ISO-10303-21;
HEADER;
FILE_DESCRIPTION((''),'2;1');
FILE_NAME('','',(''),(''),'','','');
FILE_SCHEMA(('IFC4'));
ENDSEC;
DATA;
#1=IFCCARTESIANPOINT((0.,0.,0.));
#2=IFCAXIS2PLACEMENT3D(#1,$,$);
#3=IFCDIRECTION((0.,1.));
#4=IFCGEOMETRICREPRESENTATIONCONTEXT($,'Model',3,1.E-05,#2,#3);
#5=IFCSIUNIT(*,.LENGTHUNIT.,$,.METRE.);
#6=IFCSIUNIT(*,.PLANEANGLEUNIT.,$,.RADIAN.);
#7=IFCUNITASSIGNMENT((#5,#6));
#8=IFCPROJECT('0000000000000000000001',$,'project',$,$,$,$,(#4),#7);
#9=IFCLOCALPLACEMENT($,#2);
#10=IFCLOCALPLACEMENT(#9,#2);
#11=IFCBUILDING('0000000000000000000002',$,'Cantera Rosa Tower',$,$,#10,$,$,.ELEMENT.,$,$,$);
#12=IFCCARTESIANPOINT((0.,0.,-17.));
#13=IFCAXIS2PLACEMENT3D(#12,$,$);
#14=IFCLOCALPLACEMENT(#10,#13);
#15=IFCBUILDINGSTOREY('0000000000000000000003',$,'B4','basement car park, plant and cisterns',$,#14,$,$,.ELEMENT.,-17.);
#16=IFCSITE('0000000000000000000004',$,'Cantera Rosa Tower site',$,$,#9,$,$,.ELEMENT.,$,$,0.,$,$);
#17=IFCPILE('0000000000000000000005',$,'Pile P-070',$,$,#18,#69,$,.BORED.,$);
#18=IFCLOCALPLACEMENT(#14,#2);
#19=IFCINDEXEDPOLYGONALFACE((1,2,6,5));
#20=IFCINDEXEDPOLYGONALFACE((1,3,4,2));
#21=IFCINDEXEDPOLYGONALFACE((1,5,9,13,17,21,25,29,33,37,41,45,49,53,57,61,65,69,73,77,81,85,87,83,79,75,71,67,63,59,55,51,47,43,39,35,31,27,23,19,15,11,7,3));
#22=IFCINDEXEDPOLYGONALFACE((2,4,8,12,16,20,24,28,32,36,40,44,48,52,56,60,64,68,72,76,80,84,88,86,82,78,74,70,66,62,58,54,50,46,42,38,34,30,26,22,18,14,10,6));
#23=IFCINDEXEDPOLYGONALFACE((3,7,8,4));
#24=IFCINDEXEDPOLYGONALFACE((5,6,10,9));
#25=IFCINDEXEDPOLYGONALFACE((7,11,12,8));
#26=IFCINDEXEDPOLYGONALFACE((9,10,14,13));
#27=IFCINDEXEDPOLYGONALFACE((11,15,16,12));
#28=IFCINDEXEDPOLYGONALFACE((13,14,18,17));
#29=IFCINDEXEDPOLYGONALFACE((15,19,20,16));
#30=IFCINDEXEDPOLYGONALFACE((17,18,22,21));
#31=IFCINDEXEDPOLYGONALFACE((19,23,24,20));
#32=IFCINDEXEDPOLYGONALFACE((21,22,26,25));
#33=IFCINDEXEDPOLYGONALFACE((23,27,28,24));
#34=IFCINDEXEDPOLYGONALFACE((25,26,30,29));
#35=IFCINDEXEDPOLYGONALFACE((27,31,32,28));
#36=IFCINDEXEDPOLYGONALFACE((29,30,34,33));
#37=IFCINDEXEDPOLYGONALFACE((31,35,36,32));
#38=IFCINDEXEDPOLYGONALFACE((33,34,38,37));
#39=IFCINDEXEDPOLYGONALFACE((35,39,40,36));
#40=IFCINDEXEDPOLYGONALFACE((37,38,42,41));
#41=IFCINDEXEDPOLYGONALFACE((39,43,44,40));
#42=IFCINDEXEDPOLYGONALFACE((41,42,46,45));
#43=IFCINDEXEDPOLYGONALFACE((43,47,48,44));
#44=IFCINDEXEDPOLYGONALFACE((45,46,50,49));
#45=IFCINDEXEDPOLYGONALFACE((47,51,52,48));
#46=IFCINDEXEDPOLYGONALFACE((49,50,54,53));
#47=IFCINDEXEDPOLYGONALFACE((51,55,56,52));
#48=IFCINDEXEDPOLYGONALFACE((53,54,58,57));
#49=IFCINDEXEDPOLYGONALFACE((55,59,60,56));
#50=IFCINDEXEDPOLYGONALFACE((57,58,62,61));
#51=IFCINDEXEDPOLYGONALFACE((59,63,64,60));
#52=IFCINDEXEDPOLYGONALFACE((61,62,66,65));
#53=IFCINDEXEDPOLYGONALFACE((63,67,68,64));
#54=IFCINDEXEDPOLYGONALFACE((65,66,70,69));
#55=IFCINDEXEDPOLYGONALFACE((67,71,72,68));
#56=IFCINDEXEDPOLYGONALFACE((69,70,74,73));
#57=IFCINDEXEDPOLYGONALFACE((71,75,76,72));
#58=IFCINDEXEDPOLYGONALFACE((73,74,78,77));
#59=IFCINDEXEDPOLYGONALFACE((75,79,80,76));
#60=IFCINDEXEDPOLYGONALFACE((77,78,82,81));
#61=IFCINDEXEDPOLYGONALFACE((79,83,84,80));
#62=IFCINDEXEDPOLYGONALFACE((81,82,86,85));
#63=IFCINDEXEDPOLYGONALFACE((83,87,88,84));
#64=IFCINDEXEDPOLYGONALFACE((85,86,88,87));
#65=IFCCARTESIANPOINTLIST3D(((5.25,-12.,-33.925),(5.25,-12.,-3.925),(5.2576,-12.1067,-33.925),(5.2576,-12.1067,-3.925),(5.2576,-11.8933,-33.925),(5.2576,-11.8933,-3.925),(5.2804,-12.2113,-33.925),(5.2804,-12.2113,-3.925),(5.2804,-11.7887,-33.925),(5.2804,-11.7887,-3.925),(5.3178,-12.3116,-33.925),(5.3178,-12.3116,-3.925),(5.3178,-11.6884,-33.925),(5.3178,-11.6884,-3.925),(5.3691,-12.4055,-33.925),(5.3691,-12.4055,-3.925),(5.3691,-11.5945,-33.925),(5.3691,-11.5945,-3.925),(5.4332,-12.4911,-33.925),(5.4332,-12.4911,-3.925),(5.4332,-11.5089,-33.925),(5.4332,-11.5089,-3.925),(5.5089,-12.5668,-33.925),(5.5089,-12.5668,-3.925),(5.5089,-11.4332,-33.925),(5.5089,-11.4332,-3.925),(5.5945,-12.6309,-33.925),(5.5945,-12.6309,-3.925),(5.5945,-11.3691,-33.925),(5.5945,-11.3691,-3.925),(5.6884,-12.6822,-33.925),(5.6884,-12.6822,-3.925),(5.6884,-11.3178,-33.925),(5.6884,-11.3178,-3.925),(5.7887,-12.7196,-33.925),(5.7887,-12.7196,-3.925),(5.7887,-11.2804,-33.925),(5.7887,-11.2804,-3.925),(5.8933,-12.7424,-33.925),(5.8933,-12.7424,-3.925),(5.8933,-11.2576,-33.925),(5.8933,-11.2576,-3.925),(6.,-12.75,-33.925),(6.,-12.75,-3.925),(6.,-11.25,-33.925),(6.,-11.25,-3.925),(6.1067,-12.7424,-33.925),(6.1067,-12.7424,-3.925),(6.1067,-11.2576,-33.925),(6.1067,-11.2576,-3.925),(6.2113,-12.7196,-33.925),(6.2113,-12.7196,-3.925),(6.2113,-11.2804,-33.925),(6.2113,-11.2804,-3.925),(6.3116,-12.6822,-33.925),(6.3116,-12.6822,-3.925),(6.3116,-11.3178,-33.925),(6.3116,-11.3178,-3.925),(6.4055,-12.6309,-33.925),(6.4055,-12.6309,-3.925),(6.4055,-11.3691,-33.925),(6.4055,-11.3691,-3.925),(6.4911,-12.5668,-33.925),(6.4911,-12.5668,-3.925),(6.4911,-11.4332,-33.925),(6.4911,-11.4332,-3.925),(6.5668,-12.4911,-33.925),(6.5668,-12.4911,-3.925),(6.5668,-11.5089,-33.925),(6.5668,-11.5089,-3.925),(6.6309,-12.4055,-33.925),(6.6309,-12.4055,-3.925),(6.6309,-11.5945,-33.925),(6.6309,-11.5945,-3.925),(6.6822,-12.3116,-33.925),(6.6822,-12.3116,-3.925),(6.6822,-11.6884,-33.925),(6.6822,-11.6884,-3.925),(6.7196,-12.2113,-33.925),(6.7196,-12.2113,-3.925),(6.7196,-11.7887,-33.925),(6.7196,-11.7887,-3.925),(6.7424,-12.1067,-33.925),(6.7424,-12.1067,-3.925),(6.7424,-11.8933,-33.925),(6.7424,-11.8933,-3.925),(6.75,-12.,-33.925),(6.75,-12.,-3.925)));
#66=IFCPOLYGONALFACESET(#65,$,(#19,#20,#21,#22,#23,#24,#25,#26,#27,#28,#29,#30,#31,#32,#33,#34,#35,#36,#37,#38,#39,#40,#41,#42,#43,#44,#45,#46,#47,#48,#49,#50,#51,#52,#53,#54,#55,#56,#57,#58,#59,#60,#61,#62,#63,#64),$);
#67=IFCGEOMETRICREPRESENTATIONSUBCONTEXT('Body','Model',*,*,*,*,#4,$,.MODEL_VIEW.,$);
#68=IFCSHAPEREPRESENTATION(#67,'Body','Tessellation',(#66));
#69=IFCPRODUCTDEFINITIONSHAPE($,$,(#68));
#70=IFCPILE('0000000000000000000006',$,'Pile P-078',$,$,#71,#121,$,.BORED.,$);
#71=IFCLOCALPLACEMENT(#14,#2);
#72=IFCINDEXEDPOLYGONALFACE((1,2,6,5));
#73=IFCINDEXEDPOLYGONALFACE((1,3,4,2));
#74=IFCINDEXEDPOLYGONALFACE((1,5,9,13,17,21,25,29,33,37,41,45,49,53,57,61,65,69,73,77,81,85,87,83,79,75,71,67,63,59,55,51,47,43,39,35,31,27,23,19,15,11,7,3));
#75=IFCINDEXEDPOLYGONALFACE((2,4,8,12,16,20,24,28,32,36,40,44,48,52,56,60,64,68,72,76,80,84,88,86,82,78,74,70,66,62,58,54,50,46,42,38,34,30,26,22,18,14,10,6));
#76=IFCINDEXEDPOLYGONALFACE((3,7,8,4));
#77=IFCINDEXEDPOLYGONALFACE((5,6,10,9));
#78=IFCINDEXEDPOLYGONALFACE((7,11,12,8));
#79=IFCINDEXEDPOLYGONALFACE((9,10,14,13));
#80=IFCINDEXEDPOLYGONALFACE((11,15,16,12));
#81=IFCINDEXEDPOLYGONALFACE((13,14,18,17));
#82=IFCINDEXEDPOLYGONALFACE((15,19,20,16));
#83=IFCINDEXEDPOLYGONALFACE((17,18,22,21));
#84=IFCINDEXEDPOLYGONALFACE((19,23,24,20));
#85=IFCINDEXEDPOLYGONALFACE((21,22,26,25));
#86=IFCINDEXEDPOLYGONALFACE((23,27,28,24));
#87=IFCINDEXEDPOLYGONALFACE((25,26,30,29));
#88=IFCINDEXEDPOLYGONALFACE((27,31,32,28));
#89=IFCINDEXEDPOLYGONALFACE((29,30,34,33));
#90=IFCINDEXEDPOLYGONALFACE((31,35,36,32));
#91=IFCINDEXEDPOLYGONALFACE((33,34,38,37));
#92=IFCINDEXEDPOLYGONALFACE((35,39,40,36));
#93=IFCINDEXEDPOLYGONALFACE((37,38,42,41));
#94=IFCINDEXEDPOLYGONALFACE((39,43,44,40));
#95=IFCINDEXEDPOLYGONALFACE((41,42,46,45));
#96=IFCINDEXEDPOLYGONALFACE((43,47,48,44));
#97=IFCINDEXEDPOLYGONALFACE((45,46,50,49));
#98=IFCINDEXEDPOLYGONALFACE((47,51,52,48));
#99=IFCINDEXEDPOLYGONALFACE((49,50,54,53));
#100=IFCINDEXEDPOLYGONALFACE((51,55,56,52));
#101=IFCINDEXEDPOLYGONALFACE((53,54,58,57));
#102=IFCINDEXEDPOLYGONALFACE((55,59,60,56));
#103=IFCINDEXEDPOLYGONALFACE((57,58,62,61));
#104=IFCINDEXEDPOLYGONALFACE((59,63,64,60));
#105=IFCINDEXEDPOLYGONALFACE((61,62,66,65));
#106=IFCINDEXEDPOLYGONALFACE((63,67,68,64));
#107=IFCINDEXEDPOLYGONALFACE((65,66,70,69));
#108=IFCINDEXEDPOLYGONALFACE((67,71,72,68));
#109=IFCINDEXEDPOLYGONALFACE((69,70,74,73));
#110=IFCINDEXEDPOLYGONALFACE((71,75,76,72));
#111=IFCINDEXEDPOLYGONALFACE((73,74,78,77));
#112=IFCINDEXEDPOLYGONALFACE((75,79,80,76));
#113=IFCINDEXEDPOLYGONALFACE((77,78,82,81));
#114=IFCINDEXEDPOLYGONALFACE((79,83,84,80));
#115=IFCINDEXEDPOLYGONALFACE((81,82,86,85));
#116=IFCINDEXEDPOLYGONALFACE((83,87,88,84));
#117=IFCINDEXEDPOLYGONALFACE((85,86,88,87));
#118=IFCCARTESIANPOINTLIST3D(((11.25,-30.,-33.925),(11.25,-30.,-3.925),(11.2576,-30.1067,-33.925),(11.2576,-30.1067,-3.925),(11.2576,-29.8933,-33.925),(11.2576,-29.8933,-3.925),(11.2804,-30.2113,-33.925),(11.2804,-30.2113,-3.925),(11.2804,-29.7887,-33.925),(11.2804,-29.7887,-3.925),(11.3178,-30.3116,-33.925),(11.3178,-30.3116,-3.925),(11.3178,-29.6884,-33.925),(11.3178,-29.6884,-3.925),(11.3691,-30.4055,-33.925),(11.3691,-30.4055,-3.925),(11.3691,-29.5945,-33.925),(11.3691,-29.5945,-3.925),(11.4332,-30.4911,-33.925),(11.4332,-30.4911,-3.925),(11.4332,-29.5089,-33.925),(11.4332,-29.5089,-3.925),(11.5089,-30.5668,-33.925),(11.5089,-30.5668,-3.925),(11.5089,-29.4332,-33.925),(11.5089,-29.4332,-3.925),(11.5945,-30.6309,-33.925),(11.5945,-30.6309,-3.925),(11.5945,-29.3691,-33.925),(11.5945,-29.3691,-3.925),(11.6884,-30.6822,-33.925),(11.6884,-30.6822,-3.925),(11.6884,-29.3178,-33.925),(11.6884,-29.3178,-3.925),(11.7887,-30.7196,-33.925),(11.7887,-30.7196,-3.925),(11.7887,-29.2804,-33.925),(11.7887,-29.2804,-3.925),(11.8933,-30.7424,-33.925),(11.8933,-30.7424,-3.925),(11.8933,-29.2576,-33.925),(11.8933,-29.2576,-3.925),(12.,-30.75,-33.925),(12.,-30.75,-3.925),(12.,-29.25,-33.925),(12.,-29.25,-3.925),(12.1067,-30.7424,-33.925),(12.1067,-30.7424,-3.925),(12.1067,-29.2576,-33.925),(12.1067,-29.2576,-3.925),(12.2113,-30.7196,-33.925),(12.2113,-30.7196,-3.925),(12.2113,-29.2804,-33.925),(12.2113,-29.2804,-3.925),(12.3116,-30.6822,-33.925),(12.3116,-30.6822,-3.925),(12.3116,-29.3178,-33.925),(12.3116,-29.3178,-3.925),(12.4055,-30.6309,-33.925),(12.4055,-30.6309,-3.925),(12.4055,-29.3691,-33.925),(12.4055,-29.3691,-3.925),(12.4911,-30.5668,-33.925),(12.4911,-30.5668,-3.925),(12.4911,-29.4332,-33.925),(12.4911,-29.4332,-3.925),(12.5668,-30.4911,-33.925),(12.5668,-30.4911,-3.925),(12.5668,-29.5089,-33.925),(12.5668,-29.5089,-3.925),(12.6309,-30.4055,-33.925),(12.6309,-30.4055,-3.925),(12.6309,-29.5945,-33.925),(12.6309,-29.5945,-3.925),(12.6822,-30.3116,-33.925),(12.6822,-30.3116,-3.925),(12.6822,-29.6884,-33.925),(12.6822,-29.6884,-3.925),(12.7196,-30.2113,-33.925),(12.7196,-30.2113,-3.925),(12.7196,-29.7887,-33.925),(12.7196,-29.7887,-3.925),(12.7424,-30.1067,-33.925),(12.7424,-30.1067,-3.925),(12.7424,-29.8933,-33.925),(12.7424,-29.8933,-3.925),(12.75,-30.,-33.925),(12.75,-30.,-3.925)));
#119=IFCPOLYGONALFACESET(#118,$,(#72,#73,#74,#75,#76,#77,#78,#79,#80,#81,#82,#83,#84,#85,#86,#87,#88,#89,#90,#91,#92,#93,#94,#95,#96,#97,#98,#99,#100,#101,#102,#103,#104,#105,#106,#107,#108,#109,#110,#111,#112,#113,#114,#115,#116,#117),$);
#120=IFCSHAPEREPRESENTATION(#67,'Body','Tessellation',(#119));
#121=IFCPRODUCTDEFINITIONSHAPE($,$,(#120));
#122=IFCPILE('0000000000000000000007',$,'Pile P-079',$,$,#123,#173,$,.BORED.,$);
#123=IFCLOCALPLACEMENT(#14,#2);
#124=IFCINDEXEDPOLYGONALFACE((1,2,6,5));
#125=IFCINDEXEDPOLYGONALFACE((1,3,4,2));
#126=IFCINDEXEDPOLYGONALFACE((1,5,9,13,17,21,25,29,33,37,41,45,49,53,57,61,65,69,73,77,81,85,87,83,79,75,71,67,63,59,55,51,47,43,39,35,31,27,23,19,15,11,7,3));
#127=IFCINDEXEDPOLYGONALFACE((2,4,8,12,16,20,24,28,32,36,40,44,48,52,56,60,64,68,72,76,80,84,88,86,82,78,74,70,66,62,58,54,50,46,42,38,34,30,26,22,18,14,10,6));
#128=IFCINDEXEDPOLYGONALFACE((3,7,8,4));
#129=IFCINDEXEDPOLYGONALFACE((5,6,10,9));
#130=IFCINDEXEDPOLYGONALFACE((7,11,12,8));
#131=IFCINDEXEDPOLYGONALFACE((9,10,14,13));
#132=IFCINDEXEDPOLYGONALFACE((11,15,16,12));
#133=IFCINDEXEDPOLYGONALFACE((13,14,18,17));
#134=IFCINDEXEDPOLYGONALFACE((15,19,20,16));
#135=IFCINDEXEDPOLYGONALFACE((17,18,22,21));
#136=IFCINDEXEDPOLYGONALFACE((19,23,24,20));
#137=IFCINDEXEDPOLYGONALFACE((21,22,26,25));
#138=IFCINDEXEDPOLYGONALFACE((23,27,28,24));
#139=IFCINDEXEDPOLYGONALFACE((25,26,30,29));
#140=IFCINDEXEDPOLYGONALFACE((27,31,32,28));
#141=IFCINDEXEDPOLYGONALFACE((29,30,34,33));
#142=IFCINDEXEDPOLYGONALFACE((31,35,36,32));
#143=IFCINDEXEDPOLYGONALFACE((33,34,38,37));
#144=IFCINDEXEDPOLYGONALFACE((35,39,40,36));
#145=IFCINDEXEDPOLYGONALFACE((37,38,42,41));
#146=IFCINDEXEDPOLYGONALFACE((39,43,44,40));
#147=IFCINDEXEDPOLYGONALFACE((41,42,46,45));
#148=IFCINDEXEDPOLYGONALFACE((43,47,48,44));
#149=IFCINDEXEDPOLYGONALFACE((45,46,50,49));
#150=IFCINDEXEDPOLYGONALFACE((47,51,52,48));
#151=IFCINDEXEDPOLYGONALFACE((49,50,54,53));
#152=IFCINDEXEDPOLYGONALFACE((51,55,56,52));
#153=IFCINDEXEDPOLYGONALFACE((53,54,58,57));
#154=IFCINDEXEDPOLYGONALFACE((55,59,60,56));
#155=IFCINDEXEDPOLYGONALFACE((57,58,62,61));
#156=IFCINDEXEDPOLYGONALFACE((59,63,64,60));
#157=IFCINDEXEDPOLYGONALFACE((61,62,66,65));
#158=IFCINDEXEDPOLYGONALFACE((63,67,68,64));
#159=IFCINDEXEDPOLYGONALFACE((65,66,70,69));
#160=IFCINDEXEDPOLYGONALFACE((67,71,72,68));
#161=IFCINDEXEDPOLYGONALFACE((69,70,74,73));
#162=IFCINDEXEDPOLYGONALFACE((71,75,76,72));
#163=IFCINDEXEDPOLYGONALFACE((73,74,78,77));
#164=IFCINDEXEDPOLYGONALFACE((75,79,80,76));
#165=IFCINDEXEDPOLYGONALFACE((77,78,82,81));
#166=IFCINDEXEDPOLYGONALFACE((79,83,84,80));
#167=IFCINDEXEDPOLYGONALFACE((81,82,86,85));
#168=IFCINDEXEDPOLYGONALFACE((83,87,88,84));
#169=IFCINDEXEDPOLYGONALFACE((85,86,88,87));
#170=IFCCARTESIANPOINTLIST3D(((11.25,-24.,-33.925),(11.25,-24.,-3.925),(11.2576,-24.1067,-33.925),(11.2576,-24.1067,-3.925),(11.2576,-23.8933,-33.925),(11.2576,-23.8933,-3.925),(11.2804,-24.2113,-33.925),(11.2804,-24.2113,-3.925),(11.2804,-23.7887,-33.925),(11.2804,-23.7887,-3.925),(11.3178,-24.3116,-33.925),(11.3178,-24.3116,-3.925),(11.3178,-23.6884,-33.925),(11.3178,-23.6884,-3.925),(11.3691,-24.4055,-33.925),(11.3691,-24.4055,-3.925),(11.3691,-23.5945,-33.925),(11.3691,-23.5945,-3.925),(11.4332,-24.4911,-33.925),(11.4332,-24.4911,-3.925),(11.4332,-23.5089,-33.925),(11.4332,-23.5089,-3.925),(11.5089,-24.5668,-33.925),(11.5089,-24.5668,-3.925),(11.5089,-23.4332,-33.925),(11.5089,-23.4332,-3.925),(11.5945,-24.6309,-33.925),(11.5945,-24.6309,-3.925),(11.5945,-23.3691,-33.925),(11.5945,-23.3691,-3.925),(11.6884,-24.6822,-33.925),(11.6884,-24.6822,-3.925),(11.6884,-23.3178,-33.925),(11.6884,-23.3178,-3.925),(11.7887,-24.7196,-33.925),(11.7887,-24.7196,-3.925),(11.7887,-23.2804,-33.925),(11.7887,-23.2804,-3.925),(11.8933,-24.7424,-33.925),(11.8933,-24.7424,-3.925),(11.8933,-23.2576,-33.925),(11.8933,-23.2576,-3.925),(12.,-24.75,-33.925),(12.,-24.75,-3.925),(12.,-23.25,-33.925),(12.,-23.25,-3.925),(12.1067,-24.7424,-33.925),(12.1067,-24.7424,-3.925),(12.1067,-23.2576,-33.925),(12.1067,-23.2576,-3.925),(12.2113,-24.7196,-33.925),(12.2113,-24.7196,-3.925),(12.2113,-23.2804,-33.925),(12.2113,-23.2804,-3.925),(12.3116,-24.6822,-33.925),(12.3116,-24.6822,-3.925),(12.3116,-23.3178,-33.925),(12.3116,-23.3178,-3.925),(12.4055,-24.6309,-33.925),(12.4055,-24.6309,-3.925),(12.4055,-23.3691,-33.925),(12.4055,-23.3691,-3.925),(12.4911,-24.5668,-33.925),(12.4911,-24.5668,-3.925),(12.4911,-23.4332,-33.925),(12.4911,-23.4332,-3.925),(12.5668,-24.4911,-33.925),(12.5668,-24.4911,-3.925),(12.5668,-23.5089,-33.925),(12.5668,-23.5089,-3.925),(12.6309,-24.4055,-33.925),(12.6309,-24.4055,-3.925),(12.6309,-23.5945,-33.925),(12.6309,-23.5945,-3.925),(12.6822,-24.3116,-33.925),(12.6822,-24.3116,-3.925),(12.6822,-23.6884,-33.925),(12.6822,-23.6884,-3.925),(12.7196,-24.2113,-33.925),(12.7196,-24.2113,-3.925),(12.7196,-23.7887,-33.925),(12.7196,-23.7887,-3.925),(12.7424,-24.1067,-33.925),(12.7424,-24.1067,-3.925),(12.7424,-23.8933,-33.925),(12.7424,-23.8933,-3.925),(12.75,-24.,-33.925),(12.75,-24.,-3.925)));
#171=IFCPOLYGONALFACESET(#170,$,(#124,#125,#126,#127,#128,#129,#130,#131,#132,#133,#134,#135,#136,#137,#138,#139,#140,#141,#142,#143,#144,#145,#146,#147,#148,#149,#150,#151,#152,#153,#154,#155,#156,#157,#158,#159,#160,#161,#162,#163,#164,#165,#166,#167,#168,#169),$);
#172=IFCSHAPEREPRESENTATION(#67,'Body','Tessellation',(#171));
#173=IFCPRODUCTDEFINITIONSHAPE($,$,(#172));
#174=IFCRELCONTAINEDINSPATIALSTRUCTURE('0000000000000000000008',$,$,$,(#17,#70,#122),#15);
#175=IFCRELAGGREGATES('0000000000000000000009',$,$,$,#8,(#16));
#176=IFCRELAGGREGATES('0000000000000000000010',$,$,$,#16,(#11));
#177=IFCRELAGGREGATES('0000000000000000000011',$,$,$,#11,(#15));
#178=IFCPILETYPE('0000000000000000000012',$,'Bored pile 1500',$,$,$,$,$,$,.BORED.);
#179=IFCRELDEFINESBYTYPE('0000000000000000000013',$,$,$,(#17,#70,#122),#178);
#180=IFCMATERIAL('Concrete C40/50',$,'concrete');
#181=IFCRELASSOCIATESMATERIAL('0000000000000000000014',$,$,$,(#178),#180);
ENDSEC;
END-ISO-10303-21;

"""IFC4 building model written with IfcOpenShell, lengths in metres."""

from ifc_helpers import new_model, si_unit, direction, frame, origin, origin_2d, place, context, subcontext, project, spatial, circle, extrude, material, material_profile, profile_set, type_object, element, save


model = new_model("IFC4")

# Units and contexts
model_context = context("Model", 3, precision=1e-05, world=origin(), true_north=direction((0.0, 1.0)))
body_context = subcontext(model_context, "Body", "Model", "MODEL_VIEW")
ifc_project = project(units=[si_unit("LENGTHUNIT", "METRE"), si_unit("PLANEANGLEUNIT", "RADIAN")], contexts=[model_context])

# Site, building, storey
site_placement = place(None, origin())
site = spatial("IfcSite", under=ifc_project, at=site_placement, Name="Cantera Rosa Tower site", CompositionType="ELEMENT", RefElevation=0.0)
building_placement = place(site_placement, origin())
building = spatial("IfcBuilding", under=site, at=building_placement, Name="Cantera Rosa Tower", CompositionType="ELEMENT")
storey_placement = place(building_placement, frame((0.0, 0.0, -17.0)))
storey = spatial("IfcBuildingStorey", under=building, at=storey_placement, Name="B4", Description="basement car park, plant and cisterns", CompositionType="ELEMENT", Elevation=-17.0)

# Piles
ifc_material_1 = material(Name="Concrete C40/50", Category="concrete")
ifc_material_profile_1 = material_profile(ifc_material_1, circle(Radius=0.75, at=origin_2d()), Name="Bored pile 1500")
ifc_profile_set_1 = profile_set([ifc_material_profile_1], Name="Concrete C40/50")
pile_type = type_object("IfcPileType", Name="Bored pile 1500", PredefinedType="BORED", material=ifc_profile_set_1)
for number, where, z_axis, x_axis, name in (
    (1, (6.0, -12.0, -3.925), (0.0, 0.0, -1.0), (1.0, 0.0, 0.0), "Pile P-070"),
    (2, (12.0, -30.0, -3.925), (0.0, 0.0, -1.0), (1.0, 0.0, 0.0), "Pile P-078"),
    (3, (12.0, -24.0, -3.925), (0.0, 0.0, -1.0), (1.0, 0.0, 0.0), "Pile P-079"),
):
    element("IfcPile", number, at=place(storey_placement, frame(where, z_axis=z_axis, x_axis=x_axis)), inside=storey, type_object=pile_type, Name=name, PredefinedType="BORED", context=body_context, shape_type="SweptSolid", body=[
        extrude(circle(Radius=0.75, at=origin_2d()), origin(), (0.0, 0.0, 1.0), 30.0),
    ])

save(model, "model.ifc")
